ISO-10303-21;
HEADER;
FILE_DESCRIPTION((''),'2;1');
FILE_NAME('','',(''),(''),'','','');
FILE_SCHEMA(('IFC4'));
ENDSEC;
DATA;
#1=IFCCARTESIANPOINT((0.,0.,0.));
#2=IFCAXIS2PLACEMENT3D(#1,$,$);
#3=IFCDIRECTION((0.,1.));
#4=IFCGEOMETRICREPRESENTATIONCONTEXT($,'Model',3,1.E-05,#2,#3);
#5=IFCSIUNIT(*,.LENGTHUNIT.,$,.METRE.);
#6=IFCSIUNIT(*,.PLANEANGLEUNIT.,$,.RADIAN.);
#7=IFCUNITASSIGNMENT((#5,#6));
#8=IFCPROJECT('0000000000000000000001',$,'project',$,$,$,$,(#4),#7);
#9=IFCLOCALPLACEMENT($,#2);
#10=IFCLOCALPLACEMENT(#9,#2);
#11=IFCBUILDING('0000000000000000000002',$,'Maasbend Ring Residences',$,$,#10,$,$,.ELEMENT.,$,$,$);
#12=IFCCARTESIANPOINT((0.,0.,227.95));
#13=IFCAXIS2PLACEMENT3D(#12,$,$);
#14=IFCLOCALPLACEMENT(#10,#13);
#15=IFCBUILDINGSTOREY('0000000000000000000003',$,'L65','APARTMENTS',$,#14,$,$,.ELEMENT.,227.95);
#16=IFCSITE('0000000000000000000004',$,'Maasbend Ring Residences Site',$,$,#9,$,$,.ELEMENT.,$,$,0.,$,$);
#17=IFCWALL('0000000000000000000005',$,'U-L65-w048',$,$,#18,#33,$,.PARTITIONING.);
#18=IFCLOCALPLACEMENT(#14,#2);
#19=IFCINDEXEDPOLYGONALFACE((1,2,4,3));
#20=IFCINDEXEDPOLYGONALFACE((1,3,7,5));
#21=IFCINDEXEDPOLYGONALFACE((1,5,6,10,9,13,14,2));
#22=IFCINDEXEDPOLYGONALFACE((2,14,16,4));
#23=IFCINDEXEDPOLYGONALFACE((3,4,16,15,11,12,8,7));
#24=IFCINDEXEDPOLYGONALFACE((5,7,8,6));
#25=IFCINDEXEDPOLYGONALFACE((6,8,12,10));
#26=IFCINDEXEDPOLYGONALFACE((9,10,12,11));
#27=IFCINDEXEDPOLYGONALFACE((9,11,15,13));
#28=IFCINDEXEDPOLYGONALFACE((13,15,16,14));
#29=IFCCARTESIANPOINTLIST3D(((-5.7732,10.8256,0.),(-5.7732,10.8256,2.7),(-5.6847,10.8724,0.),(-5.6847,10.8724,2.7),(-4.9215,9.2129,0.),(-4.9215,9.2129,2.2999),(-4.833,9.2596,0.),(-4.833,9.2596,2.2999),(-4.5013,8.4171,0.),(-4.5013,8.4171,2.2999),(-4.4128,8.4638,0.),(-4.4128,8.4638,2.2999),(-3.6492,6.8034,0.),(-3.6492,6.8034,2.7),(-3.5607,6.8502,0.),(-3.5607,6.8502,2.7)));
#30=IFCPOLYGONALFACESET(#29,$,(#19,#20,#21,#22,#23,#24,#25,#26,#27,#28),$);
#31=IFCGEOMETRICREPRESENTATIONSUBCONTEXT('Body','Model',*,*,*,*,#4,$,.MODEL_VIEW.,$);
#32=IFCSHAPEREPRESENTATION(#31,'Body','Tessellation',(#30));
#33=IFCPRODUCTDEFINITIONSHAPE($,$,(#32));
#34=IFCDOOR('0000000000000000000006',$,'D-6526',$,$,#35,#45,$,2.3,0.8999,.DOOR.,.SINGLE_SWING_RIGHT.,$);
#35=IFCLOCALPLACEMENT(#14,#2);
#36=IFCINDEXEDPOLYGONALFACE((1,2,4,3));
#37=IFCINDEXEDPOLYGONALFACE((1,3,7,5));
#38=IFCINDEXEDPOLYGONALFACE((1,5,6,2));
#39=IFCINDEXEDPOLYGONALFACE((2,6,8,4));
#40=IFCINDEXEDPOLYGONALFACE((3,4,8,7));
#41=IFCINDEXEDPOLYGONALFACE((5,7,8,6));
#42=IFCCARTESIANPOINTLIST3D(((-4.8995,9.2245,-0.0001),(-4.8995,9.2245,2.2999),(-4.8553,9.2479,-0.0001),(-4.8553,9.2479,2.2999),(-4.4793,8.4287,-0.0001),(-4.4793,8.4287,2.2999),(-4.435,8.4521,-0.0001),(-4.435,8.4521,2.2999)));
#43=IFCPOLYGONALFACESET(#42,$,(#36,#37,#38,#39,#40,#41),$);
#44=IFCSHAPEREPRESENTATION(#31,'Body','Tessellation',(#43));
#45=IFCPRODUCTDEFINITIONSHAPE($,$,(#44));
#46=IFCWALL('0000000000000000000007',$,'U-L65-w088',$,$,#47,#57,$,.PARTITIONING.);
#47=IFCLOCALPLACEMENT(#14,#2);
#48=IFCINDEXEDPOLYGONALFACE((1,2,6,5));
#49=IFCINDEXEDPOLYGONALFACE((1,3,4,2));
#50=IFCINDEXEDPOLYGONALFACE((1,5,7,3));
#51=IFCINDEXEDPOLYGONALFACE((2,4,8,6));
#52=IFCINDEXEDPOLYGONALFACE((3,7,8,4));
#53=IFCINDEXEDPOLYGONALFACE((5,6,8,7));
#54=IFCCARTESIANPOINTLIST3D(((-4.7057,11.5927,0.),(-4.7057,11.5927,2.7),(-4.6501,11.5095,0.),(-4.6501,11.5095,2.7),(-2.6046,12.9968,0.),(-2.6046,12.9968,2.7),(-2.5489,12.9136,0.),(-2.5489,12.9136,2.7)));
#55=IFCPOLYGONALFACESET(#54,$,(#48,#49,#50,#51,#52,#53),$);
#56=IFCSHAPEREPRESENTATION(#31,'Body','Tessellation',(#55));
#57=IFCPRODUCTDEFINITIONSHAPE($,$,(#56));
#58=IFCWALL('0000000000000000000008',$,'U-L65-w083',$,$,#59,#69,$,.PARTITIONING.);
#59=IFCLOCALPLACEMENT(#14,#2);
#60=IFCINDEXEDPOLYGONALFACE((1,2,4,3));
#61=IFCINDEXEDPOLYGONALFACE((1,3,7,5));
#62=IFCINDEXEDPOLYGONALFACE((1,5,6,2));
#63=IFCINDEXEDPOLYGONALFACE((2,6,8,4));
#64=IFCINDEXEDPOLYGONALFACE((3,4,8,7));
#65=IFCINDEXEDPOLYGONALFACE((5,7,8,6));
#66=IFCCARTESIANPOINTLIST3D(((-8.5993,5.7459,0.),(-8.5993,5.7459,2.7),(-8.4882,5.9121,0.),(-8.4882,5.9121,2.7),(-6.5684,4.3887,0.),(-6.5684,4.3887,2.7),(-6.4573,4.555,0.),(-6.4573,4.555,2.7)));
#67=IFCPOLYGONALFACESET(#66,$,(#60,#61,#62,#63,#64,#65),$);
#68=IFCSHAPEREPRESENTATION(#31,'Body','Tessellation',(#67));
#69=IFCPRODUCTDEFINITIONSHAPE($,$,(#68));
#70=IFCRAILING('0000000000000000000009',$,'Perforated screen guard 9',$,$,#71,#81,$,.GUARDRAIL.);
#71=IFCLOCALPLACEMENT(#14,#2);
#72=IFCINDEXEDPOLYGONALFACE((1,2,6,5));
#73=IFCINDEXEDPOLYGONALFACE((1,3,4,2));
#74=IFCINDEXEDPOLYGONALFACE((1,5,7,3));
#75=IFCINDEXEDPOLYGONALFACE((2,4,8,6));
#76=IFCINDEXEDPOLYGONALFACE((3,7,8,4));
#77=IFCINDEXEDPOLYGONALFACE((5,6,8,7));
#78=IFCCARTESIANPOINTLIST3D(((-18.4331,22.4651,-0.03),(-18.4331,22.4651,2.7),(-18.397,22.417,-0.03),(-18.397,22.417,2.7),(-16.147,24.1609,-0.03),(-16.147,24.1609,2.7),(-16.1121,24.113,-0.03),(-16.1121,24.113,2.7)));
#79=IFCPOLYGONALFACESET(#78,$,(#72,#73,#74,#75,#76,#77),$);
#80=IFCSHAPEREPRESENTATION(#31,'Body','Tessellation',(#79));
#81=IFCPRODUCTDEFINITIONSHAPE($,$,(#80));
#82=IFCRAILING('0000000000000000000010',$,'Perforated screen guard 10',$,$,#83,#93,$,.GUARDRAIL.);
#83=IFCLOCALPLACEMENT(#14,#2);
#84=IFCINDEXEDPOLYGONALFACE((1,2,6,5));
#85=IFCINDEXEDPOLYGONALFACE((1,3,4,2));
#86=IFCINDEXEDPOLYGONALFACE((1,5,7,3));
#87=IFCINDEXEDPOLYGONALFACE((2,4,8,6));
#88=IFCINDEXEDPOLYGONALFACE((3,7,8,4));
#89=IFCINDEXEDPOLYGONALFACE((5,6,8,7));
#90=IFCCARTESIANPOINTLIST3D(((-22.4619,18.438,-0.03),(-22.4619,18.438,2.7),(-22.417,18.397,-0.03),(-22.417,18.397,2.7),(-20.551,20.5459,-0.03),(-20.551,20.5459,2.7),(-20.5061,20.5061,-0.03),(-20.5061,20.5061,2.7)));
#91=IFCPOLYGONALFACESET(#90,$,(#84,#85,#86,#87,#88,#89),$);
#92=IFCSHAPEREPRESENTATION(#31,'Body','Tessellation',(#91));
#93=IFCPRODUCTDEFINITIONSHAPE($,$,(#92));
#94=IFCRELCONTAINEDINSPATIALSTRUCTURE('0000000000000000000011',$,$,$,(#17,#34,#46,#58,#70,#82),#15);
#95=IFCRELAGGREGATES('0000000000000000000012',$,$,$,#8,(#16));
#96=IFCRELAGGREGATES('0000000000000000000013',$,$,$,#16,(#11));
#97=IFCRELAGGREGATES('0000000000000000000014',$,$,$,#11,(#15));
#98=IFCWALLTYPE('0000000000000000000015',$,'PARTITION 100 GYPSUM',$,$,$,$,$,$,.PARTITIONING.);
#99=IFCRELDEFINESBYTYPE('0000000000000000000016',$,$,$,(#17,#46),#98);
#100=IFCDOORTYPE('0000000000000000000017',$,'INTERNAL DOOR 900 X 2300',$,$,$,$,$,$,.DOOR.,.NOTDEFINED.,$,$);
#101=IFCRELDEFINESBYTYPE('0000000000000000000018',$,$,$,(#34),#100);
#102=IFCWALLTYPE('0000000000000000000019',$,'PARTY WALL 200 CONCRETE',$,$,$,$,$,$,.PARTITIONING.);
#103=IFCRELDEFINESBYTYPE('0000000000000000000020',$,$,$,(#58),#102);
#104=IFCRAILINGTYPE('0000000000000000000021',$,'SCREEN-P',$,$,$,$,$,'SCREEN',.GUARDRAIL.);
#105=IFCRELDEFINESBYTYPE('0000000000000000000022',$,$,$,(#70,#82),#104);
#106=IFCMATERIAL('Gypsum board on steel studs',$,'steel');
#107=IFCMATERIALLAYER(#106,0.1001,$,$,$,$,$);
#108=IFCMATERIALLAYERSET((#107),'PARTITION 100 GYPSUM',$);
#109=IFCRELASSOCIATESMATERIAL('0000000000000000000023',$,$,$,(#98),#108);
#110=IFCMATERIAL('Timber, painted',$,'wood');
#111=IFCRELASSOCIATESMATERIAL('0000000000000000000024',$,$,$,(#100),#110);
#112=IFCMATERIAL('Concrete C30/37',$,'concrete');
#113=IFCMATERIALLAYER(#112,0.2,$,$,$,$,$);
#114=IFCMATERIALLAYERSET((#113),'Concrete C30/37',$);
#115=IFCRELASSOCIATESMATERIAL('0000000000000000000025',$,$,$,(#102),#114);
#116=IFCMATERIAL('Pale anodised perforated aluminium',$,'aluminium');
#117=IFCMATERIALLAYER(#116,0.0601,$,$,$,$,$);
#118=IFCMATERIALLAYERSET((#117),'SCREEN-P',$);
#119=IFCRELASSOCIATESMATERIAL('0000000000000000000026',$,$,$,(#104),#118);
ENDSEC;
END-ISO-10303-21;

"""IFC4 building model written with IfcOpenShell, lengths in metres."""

from ifc_helpers import new_model, si_unit, direction, frame, frame_2d, origin, place, context, subcontext, project, spatial, polyline, rectangle, outline, extrude, material, layer, layer_set, type_object, element, fill, save


model = new_model("IFC4")

# Units and contexts
model_context = context("Model", 3, precision=1e-05, world=origin(), true_north=direction((0.0, 1.0)))
body_context = subcontext(model_context, "Body", "Model", "MODEL_VIEW")
ifc_project = project(units=[si_unit("LENGTHUNIT", "METRE"), si_unit("PLANEANGLEUNIT", "RADIAN")], contexts=[model_context])

# Site, building, storey
site_placement = place(None, origin())
site = spatial("IfcSite", under=ifc_project, at=site_placement, Name="Maasbend Ring Residences Site", CompositionType="ELEMENT", RefElevation=0.0)
building_placement = place(site_placement, origin())
building = spatial("IfcBuilding", under=site, at=building_placement, Name="Maasbend Ring Residences", CompositionType="ELEMENT")
storey_placement = place(building_placement, frame((0.0, 0.0, 227.95)))
storey = spatial("IfcBuildingStorey", under=building, at=storey_placement, Name="L65", Description="APARTMENTS", CompositionType="ELEMENT", Elevation=227.95)

# Wall, opening, door
ifc_material_1 = material(Name="Gypsum board on steel studs", Category="steel")
ifc_layer_1 = layer(ifc_material_1, 0.1001)
ifc_layer_set_1 = layer_set([ifc_layer_1], Name="PARTITION 100 GYPSUM")
wall_type_1 = type_object("IfcWallType", Name="PARTITION 100 GYPSUM", PredefinedType="PARTITIONING", material=ifc_layer_set_1)
wall_1_placement = place(storey_placement, frame((-5.729, 10.8491, 0.0), z_axis=(0.0, 0.0, 1.0), x_axis=(0.466963, -0.884277, 0.0)))
wall_1 = element("IfcWall", 1, at=wall_1_placement, inside=storey, type_object=wall_type_1, Name="U-L65-w048", PredefinedType="PARTITIONING", context=body_context, shape_type="SweptSolid", body=[
    extrude(rectangle(XDim=4.5486, YDim=0.1001, at=frame_2d((2.2744, 0.0))), origin(), (0.0, 0.0, 1.0), 2.7),
])
opening_placement = place(wall_1_placement, frame((1.824, 0.0, 0.0)))
opening = element("IfcOpeningElement", 2, at=opening_placement, cuts=wall_1, PredefinedType="OPENING", context=body_context, shape_type="SweptSolid", body=[
    extrude(rectangle(XDim=0.8999, YDim=2.3, at=frame_2d((0.45, 1.1499))), frame((0.0, 0.0601, 0.0), z_axis=(0.0, -1.0, 0.0), x_axis=(1.0, 0.0, 0.0)), (0.0, 0.0, 1.0), 0.1201),
])
ifc_material_2 = material(Name="Timber, painted", Category="wood")
door_type = type_object("IfcDoorType", Name="INTERNAL DOOR 900 X 2300", OperationType="NOTDEFINED", PredefinedType="DOOR", material=ifc_material_2)
door_placement = place(opening_placement, origin())
door = element("IfcDoor", 3, at=door_placement, inside=storey, type_object=door_type, Name="D-6526", OperationType="SINGLE_SWING_RIGHT", OverallHeight=2.3, OverallWidth=0.8999, PredefinedType="DOOR", context=body_context, shape_type="SweptSolid", body=[
    extrude(rectangle(XDim=0.8999, YDim=2.3, at=frame_2d((0.45, 1.1499))), frame((0.0, 0.0249, 0.0), z_axis=(0.0, -1.0, 0.0), x_axis=(1.0, 0.0, 0.0)), (0.0, 0.0, 1.0), 0.05),
])
fill(opening, door)

# Walls
wall_2_placement = place(storey_placement, frame((-4.678, 11.551, 0.0), z_axis=(0.0, 0.0, 1.0), x_axis=(0.83144, 0.555614, 0.0)))
element("IfcWall", 4, at=wall_2_placement, inside=storey, type_object=wall_type_1, Name="U-L65-w088", PredefinedType="PARTITIONING", context=body_context, shape_type="SweptSolid", body=[
    extrude(rectangle(XDim=2.5271, YDim=0.1001, at=frame_2d((1.2637, 0.0))), origin(), (0.0, 0.0, 1.0), 2.7),
])
ifc_material_3 = material(Name="Concrete C30/37", Category="concrete")
ifc_layer_2 = layer(ifc_material_3, 0.2)
ifc_layer_set_2 = layer_set([ifc_layer_2], Name="Concrete C30/37")
wall_type_2 = type_object("IfcWallType", Name="PARTY WALL 200 CONCRETE", PredefinedType="PARTITIONING", material=ifc_layer_set_2)
wall_3_placement = place(storey_placement, frame((-6.5129, 4.4719, 0.0), z_axis=(0.0, 0.0, 1.0), x_axis=(-0.83145, 0.555599, 0.0)))
element("IfcWall", 5, at=wall_3_placement, inside=storey, type_object=wall_type_2, Name="U-L65-w083", PredefinedType="PARTITIONING", context=body_context, shape_type="SweptSolid", body=[
    extrude(rectangle(XDim=2.4426, YDim=0.2, at=frame_2d((1.2212, 0.0))), origin(), (0.0, 0.0, 1.0), 2.7),
])

# Railings
ifc_material_4 = material(Name="Pale anodised perforated aluminium", Category="aluminium")
ifc_layer_3 = layer(ifc_material_4, 0.0601)
ifc_layer_set_3 = layer_set([ifc_layer_3], Name="SCREEN-P")
railing_type = type_object("IfcRailingType", Name="SCREEN-P", ElementType="SCREEN", PredefinedType="GUARDRAIL", material=ifc_layer_set_3)
railing_1_placement = place(storey_placement, frame((0.0, 0.0, -0.03)))
element("IfcRailing", 6, at=railing_1_placement, inside=storey, type_object=railing_type, Name="Perforated screen guard 9", PredefinedType="GUARDRAIL", context=body_context, shape_type="SweptSolid", body=[
    extrude(outline(polyline([(-16.1121, 24.113), (-18.397, 22.417), (-18.4331, 22.4651), (-16.147, 24.1609), (-16.1121, 24.113)])), origin(), (0.0, 0.0, 1.0), 2.73),
])
railing_2_placement = place(storey_placement, frame((0.0, 0.0, -0.03)))
element("IfcRailing", 7, at=railing_2_placement, inside=storey, type_object=railing_type, Name="Perforated screen guard 10", PredefinedType="GUARDRAIL", context=body_context, shape_type="SweptSolid", body=[
    extrude(outline(polyline([(-20.5061, 20.5061), (-22.417, 18.397), (-22.4619, 18.438), (-20.551, 20.5459), (-20.5061, 20.5061)])), origin(), (0.0, 0.0, 1.0), 2.73),
])

save(model, "model.ifc")
